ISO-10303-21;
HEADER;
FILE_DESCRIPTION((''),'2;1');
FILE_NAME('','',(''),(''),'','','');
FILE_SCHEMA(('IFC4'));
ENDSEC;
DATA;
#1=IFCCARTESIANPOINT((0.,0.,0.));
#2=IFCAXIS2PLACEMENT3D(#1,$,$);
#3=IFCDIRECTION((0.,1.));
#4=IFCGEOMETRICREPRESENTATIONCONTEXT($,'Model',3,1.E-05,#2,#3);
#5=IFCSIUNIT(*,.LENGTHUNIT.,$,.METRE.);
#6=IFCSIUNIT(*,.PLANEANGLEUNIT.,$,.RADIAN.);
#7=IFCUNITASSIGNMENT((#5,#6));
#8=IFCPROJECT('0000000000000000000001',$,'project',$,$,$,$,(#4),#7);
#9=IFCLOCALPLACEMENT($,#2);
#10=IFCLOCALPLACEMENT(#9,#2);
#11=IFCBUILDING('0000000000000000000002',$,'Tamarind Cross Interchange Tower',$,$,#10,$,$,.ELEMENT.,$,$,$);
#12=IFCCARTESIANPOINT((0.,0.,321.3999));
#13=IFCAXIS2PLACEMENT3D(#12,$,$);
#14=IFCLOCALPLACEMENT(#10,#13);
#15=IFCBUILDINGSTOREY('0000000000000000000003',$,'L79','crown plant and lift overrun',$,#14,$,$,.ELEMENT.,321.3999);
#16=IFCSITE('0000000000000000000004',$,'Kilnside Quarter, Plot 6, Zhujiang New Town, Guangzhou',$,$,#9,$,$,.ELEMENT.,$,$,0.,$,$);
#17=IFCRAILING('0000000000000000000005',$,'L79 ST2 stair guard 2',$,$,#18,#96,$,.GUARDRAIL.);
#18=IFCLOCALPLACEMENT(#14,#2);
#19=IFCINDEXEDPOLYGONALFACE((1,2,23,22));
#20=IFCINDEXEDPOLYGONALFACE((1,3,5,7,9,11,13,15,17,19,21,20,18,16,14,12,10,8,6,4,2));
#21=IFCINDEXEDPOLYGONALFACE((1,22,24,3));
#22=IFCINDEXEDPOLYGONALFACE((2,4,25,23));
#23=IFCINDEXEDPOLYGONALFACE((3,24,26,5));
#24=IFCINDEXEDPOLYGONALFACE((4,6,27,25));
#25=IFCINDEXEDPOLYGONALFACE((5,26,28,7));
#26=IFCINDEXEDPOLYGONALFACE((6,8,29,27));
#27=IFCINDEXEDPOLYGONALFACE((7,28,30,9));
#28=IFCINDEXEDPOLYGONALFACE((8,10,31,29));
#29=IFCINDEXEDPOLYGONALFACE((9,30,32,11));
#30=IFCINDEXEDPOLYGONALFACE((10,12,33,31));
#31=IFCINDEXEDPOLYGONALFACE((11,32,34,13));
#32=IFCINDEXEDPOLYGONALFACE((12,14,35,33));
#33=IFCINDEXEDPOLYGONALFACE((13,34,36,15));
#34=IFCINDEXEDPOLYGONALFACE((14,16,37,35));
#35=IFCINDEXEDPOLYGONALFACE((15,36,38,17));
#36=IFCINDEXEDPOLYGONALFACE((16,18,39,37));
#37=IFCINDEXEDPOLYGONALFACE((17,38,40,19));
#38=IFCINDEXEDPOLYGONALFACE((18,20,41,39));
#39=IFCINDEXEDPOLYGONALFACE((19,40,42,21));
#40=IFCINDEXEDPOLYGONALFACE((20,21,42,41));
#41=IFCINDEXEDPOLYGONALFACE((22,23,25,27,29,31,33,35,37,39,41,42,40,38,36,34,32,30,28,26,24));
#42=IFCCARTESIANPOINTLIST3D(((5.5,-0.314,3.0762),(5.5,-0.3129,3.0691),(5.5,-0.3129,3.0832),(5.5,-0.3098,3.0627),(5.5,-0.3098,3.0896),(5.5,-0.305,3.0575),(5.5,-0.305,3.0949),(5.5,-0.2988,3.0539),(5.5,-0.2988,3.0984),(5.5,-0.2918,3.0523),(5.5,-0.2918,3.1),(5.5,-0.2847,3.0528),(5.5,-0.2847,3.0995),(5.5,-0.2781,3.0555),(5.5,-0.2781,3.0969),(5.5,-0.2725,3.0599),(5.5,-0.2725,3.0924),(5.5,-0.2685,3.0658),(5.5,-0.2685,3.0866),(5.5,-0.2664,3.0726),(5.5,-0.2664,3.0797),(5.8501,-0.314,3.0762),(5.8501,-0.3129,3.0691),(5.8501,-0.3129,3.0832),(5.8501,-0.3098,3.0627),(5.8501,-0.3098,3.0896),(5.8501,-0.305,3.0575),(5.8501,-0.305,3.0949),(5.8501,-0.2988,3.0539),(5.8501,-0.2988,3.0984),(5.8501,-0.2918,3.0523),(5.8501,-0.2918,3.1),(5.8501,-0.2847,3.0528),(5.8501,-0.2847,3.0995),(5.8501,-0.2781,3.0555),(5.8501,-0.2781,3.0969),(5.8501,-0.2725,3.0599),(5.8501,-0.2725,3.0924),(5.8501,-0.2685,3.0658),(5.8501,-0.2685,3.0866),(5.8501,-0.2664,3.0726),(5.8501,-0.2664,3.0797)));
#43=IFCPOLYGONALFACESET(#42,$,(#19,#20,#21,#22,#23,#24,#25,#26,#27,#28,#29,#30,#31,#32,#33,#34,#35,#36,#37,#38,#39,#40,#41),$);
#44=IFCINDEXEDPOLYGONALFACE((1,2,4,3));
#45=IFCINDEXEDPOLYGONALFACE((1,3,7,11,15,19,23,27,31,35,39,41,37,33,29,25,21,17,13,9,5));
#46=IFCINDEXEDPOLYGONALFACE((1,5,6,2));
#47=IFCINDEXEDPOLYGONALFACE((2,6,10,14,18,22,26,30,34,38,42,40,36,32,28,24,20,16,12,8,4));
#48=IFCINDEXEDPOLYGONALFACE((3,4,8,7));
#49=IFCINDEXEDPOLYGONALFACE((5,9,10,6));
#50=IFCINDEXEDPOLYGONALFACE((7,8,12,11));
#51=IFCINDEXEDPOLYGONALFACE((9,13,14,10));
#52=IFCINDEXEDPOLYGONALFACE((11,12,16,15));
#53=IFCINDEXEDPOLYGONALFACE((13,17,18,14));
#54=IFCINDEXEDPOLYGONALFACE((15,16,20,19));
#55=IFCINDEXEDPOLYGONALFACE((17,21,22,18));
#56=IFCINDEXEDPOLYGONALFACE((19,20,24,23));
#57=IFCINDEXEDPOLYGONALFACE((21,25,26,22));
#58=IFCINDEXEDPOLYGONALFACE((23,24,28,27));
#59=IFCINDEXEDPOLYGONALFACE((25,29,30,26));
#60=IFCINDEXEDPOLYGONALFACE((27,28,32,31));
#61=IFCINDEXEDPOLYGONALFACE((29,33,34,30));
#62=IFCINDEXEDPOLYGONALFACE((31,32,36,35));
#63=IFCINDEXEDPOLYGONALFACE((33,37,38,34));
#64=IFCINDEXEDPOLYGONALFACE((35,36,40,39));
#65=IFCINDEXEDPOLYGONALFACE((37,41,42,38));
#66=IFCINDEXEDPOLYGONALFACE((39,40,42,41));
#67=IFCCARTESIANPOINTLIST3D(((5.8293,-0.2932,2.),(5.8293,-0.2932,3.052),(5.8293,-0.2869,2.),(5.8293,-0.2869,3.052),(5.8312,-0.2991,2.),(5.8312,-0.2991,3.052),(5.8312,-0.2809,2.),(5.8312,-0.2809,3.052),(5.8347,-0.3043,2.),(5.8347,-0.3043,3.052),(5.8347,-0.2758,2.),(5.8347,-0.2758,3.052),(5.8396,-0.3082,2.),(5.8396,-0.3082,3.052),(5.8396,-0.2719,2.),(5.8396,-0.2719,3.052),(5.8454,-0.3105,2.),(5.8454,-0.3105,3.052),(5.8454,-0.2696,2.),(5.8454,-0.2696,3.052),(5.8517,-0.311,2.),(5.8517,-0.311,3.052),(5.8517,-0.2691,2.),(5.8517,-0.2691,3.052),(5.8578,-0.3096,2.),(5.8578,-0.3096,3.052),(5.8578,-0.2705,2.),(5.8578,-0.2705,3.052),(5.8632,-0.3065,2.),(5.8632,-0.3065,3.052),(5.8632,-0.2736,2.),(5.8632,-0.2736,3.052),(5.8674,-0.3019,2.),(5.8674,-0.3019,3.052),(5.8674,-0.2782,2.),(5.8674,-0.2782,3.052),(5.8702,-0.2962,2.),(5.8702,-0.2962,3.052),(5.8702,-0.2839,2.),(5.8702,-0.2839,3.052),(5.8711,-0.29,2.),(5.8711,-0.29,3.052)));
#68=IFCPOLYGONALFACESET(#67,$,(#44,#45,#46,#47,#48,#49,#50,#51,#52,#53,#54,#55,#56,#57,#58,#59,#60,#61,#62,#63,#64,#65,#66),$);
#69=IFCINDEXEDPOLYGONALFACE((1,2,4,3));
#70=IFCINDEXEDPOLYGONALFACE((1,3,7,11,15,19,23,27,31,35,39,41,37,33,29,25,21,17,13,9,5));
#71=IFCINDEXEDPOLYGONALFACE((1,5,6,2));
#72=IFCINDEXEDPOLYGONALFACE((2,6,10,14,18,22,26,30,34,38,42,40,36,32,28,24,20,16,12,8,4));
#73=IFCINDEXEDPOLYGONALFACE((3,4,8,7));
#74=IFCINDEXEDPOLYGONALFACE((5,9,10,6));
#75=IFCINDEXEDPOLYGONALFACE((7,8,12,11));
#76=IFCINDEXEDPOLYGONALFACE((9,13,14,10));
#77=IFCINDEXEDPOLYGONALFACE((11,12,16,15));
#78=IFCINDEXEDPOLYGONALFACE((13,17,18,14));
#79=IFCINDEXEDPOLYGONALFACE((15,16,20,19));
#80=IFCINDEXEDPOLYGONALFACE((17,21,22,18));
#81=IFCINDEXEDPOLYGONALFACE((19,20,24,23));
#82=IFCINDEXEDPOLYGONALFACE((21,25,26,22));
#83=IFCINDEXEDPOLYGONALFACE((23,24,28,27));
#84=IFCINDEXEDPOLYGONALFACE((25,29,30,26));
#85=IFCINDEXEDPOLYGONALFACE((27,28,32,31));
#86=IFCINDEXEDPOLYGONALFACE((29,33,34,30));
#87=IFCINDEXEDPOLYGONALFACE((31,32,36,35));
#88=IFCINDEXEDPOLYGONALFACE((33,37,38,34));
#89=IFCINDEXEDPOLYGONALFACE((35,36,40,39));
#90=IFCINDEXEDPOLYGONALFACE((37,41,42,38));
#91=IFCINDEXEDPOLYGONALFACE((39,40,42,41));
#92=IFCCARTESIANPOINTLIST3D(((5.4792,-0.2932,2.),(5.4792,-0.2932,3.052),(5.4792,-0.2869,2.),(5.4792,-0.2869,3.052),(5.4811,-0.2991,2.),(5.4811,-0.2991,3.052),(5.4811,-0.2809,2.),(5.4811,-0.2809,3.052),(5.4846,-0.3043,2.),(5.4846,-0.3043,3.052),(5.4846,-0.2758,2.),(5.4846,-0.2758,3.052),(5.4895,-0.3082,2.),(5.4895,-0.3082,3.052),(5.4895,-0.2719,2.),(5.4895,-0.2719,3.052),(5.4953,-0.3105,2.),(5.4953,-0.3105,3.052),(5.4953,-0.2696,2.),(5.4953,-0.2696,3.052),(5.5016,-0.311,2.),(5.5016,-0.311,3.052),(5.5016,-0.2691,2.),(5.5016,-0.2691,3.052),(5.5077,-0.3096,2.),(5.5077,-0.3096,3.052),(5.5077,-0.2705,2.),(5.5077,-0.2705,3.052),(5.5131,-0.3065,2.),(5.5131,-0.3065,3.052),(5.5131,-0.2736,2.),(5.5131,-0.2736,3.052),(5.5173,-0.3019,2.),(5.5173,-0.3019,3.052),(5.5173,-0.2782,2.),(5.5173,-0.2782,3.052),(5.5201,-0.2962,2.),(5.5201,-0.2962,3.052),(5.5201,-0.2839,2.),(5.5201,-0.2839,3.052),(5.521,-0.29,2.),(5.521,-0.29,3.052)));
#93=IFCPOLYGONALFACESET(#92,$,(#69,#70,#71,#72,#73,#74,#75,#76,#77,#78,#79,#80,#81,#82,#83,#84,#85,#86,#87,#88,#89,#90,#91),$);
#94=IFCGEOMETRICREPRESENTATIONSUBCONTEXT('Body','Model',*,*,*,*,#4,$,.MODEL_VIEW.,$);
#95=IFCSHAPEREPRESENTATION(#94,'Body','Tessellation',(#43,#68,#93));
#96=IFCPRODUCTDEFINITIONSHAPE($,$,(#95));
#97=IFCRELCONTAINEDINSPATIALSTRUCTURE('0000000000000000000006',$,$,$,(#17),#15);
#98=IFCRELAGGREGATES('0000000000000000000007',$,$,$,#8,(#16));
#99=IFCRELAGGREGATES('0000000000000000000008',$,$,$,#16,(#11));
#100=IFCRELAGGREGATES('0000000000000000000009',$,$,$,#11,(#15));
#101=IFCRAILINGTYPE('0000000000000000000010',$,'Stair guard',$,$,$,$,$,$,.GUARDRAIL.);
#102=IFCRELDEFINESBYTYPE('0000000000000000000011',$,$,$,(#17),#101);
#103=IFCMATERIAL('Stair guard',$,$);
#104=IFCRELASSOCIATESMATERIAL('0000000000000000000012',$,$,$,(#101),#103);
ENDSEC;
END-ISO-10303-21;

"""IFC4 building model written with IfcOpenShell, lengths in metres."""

from ifc_helpers import new_model, si_unit, direction, frame, origin, origin_2d, place, context, subcontext, project, spatial, circle, extrude, material, type_object, element, save


model = new_model("IFC4")

# Units and contexts
model_context = context("Model", 3, precision=1e-05, world=origin(), true_north=direction((0.0, 1.0)))
body_context = subcontext(model_context, "Body", "Model", "MODEL_VIEW")
ifc_project = project(units=[si_unit("LENGTHUNIT", "METRE"), si_unit("PLANEANGLEUNIT", "RADIAN")], contexts=[model_context])

# Site, building, storey
site_placement = place(None, origin())
site = spatial("IfcSite", under=ifc_project, at=site_placement, Name="Kilnside Quarter, Plot 6, Zhujiang New Town, Guangzhou", CompositionType="ELEMENT", RefElevation=0.0)
building_placement = place(site_placement, origin())
building = spatial("IfcBuilding", under=site, at=building_placement, Name="Tamarind Cross Interchange Tower", CompositionType="ELEMENT")
storey_placement = place(building_placement, frame((0.0, 0.0, 321.3999)))
storey = spatial("IfcBuildingStorey", under=building, at=storey_placement, Name="L79", Description="crown plant and lift overrun", CompositionType="ELEMENT", Elevation=321.3999)

# Railing
ifc_material_1 = material(Name="Stair guard")
railing_type_1 = type_object("IfcRailingType", Name="Stair guard", PredefinedType="GUARDRAIL", material=ifc_material_1)
railing_1_placement = place(storey_placement, frame((5.8501, -0.29, 2.0)))
element("IfcRailing", 1, at=railing_1_placement, inside=storey, type_object=railing_type_1, Name="L79 ST2 stair guard 2", PredefinedType="GUARDRAIL", context=body_context, shape_type="SweptSolid", body=[
    extrude(circle(Radius=0.0239, at=origin_2d()), frame((0.0, 0.0, 1.0762), z_axis=(-1.0, 0.0, 0.0), x_axis=(0.0, -1.0, 0.0)), (0.0, 0.0, 1.0), 0.3501),
    extrude(circle(Radius=0.021, at=origin_2d()), origin(), (0.0, 0.0, 1.0), 1.052),
    extrude(circle(Radius=0.021, at=origin_2d()), frame((-0.3501, 0.0, 0.0)), (0.0, 0.0, 1.0), 1.052),
])

save(model, "model.ifc")
